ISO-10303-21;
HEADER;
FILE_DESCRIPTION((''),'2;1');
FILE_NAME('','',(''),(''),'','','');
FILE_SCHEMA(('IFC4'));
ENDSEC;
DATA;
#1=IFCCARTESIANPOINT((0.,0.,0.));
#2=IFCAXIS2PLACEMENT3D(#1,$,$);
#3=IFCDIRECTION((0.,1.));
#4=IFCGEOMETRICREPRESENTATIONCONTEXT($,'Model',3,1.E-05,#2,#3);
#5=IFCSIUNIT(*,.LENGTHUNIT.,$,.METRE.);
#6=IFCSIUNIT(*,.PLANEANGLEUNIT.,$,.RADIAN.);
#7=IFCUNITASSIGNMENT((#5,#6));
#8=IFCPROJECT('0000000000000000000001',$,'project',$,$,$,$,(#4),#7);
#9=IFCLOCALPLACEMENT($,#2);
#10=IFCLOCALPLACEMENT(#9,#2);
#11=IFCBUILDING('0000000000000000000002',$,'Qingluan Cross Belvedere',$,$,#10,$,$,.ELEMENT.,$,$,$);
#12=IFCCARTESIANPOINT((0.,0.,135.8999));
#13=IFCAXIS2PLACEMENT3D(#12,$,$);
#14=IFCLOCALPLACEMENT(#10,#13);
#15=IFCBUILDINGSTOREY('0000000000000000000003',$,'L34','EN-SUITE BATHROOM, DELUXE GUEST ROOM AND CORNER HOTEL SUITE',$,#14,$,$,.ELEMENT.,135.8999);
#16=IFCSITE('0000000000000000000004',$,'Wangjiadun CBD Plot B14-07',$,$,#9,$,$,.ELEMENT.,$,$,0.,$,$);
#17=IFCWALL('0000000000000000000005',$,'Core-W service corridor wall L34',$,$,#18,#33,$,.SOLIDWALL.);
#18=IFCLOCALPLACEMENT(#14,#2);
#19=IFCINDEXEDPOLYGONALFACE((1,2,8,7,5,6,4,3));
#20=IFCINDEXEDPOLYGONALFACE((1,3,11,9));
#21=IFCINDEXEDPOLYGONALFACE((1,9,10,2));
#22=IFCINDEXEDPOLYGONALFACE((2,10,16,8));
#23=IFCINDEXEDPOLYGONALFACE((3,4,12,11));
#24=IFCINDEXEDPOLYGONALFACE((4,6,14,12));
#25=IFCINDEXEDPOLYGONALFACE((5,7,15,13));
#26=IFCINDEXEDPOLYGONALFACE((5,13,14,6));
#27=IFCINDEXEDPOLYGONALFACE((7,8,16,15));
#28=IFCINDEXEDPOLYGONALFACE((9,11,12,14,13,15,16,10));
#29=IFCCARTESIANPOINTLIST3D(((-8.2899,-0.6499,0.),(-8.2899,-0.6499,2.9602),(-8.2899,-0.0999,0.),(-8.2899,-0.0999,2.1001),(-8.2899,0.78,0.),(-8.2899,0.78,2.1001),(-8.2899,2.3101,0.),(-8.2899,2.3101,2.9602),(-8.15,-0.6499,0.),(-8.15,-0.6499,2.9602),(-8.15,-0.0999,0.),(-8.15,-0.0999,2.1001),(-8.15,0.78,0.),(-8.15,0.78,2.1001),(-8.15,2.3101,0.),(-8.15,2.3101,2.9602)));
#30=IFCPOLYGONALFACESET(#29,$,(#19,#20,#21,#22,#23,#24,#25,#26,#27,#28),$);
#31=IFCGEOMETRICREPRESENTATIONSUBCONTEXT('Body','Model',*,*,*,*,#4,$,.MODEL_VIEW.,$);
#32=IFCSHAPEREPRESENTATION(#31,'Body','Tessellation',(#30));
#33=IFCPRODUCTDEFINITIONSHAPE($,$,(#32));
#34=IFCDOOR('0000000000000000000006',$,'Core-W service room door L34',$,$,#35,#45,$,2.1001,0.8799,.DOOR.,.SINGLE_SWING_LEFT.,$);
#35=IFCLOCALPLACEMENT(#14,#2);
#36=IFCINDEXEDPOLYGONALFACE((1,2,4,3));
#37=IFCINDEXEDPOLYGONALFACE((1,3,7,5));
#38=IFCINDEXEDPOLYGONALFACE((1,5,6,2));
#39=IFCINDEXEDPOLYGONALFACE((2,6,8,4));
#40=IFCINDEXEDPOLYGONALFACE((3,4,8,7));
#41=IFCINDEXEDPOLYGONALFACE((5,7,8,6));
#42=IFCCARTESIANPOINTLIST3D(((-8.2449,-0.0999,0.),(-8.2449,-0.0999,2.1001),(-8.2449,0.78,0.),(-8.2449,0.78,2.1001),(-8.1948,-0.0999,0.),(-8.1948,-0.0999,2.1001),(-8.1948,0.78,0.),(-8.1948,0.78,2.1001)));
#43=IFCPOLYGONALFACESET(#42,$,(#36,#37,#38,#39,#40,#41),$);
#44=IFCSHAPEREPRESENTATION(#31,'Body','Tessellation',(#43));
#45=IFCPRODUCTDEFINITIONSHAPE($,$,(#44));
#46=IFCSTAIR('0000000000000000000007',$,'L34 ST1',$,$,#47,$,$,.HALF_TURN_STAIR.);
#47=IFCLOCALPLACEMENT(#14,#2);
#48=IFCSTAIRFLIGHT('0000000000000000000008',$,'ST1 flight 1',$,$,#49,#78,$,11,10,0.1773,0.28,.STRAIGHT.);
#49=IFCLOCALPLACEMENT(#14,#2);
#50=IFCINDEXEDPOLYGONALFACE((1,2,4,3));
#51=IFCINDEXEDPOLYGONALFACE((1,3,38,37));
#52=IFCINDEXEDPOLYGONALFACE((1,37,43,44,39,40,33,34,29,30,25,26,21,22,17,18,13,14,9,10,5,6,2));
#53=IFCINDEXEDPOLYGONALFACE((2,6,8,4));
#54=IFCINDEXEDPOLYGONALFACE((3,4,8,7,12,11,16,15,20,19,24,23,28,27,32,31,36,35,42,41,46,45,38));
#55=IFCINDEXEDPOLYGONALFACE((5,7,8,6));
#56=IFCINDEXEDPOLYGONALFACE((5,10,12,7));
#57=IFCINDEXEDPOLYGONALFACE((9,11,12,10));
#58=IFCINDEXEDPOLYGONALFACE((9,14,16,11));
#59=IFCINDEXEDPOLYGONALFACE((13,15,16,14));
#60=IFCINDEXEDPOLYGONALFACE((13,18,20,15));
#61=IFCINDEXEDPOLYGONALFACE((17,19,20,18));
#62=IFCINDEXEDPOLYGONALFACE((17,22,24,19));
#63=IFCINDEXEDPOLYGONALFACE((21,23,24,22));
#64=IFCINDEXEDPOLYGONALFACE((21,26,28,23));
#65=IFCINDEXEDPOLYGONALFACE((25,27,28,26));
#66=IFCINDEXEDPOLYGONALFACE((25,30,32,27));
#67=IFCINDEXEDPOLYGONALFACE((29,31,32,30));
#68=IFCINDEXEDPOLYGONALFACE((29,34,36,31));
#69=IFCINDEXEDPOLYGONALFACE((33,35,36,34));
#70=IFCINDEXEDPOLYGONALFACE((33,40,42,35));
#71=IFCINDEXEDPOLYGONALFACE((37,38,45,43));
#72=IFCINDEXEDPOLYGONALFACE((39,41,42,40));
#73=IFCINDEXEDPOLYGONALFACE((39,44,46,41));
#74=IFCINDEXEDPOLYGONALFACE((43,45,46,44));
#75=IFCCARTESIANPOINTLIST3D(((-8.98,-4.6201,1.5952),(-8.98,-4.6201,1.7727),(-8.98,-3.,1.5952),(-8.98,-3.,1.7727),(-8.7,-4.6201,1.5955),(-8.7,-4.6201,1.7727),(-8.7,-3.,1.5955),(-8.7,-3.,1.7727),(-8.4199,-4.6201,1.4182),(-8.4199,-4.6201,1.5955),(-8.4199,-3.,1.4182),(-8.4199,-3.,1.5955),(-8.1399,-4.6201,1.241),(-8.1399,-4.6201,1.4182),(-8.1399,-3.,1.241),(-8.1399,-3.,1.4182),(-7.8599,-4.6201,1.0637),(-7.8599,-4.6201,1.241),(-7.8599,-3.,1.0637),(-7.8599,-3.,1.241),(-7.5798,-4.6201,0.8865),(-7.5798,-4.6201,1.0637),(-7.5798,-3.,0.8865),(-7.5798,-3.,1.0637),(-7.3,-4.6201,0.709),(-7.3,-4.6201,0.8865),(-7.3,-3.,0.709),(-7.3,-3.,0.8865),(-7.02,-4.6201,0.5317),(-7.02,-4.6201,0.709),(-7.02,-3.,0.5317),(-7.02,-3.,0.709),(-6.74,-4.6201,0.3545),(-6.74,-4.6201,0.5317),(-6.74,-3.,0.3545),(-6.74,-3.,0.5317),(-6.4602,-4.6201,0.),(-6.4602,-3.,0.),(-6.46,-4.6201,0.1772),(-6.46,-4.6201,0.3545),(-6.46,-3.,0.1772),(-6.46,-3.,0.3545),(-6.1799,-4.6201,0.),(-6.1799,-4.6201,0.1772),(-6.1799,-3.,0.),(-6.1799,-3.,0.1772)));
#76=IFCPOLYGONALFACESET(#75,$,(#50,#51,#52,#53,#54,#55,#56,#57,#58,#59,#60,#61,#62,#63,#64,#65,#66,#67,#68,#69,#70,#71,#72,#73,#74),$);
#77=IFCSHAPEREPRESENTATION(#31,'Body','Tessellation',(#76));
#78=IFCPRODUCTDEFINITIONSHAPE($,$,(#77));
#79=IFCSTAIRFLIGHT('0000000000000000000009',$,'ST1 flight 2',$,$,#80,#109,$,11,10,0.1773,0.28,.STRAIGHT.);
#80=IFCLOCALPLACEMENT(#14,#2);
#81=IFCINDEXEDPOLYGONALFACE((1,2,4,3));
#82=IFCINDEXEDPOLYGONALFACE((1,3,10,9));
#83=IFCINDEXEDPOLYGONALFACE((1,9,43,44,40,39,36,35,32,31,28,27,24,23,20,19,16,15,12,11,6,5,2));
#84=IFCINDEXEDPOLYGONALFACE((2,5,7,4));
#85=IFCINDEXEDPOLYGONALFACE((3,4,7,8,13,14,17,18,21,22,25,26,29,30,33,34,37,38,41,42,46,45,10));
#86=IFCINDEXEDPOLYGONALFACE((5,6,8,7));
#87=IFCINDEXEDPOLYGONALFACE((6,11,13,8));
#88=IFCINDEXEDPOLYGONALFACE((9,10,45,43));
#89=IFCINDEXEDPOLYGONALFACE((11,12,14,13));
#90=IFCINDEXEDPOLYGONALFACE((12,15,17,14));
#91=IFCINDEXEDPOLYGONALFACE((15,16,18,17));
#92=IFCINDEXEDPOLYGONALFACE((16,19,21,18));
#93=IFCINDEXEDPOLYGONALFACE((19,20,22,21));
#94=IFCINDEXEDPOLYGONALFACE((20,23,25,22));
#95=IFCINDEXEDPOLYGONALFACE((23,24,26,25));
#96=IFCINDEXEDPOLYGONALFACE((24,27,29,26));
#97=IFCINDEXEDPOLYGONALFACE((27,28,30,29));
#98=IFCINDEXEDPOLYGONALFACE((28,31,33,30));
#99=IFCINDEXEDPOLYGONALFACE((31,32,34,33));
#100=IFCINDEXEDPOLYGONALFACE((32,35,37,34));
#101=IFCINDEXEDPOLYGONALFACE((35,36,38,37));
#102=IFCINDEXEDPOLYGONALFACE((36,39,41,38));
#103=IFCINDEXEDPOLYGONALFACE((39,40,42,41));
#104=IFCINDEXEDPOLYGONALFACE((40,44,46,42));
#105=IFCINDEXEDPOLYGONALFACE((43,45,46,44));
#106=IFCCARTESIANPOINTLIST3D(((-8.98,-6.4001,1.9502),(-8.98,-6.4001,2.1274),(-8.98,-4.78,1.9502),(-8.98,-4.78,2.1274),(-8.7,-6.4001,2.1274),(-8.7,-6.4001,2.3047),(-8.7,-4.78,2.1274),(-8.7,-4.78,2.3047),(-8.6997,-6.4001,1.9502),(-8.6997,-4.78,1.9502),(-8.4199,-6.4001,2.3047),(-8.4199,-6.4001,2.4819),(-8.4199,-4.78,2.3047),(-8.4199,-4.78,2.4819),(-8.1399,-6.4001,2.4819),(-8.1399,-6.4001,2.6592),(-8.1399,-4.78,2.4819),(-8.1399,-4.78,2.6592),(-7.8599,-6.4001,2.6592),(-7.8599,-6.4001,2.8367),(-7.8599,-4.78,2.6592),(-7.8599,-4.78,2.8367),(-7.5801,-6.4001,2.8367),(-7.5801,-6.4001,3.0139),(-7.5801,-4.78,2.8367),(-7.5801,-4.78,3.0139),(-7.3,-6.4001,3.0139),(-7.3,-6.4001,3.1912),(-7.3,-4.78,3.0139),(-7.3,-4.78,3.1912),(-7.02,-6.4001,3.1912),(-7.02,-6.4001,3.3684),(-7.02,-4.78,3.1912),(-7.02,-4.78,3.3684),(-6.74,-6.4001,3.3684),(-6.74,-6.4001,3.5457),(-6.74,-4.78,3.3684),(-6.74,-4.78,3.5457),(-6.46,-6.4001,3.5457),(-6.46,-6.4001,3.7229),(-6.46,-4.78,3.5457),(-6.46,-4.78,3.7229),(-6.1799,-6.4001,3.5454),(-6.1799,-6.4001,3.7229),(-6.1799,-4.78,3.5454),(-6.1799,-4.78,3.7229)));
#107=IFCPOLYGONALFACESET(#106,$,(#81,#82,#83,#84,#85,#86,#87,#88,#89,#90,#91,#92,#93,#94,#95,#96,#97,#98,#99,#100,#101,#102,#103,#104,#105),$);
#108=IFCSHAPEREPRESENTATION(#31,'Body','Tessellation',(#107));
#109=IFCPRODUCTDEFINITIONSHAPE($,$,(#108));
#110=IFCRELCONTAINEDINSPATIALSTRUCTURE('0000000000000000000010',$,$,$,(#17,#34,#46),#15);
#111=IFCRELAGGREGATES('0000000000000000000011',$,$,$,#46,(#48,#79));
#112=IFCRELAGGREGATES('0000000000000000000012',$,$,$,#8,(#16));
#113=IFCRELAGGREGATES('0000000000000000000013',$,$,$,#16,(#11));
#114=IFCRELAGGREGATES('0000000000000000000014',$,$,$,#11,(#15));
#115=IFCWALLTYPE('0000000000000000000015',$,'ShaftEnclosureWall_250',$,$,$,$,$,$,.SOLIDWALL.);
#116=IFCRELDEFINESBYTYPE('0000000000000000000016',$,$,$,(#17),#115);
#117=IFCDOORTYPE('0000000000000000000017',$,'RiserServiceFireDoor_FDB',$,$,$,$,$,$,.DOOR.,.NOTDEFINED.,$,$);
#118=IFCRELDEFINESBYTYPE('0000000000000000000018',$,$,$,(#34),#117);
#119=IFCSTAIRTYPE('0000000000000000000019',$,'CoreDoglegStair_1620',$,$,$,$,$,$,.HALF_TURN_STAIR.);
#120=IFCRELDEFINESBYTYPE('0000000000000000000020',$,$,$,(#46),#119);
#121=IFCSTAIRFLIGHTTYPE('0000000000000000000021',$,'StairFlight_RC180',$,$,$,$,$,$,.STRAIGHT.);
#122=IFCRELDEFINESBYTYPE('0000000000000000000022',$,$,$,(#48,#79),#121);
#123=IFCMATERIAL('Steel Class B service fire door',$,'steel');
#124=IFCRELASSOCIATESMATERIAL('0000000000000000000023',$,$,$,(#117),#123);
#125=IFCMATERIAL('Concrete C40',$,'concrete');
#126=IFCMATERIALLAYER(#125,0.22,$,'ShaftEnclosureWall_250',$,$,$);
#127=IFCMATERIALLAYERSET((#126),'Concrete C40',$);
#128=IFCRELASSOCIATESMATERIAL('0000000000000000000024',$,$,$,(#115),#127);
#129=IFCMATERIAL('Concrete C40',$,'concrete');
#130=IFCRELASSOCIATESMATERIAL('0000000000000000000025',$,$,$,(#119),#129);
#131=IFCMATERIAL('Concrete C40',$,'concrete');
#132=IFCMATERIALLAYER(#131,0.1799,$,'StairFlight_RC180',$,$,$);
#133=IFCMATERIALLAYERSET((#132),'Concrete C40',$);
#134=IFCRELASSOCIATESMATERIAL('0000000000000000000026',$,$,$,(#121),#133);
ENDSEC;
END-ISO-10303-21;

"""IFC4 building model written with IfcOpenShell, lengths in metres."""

from ifc_helpers import new_model, si_unit, direction, frame, frame_2d, origin, place, context, subcontext, project, spatial, polyline, rectangle, outline, extrude, material, layer, layer_set, type_object, element, fill, aggregate, save


model = new_model("IFC4")

# Units and contexts
model_context = context("Model", 3, precision=1e-05, world=origin(), true_north=direction((0.0, 1.0)))
body_context = subcontext(model_context, "Body", "Model", "MODEL_VIEW")
ifc_project = project(units=[si_unit("LENGTHUNIT", "METRE"), si_unit("PLANEANGLEUNIT", "RADIAN")], contexts=[model_context])

# Site, building, storey
site_placement = place(None, origin())
site = spatial("IfcSite", under=ifc_project, at=site_placement, Name="Wangjiadun CBD Plot B14-07", CompositionType="ELEMENT", RefElevation=0.0)
building_placement = place(site_placement, origin())
building = spatial("IfcBuilding", under=site, at=building_placement, Name="Qingluan Cross Belvedere", CompositionType="ELEMENT")
storey_placement = place(building_placement, frame((0.0, 0.0, 135.8999)))
storey = spatial("IfcBuildingStorey", under=building, at=storey_placement, Name="L34", Description="EN-SUITE BATHROOM, DELUXE GUEST ROOM AND CORNER HOTEL SUITE", CompositionType="ELEMENT", Elevation=135.8999)

# Shared definitions
ifc_material_1 = material(Name="Steel Class B service fire door", Category="steel")
door_type_1 = type_object("IfcDoorType", Name="RiserServiceFireDoor_FDB", OperationType="NOTDEFINED", PredefinedType="DOOR", material=ifc_material_1)

# Shared definitions
ifc_material_2 = material(Name="Concrete C40", Category="concrete")
ifc_layer_1 = layer(ifc_material_2, 0.22, Name="ShaftEnclosureWall_250")
ifc_layer_set_1 = layer_set([ifc_layer_1], Name="Concrete C40")
wall_type_1 = type_object("IfcWallType", Name="ShaftEnclosureWall_250", PredefinedType="SOLIDWALL", material=ifc_layer_set_1)

# Wall, opening, door
wall_1_placement = place(storey_placement, frame((-8.22, -0.6499, 0.0), z_axis=(0.0, 0.0, 1.0), x_axis=(0.0, 1.0, 0.0)))
wall_1 = element("IfcWall", 1, at=wall_1_placement, inside=storey, type_object=wall_type_1, Name="Core-W service corridor wall L34", PredefinedType="SOLIDWALL", context=body_context, shape_type="SweptSolid", body=[
    extrude(rectangle(XDim=2.96, YDim=0.1399, at=frame_2d((1.48, 0.0))), origin(), (0.0, 0.0, 1.0), 2.9602),
])
opening_1_placement = place(wall_1_placement, frame((0.55, 0.0, 0.0)))
opening_1 = element("IfcOpeningElement", 2, at=opening_1_placement, cuts=wall_1, PredefinedType="OPENING", context=body_context, shape_type="SweptSolid", body=[
    extrude(rectangle(XDim=0.8799, YDim=2.1001, at=frame_2d((0.4399, 1.05))), frame((0.0, 0.0798, 0.0), z_axis=(0.0, -1.0, 0.0), x_axis=(1.0, 0.0, 0.0)), (0.0, 0.0, 1.0), 0.1599),
])
door_1_placement = place(opening_1_placement, origin())
door_1 = element("IfcDoor", 3, at=door_1_placement, inside=storey, type_object=door_type_1, Name="Core-W service room door L34", OperationType="SINGLE_SWING_LEFT", OverallHeight=2.1001, OverallWidth=0.8799, PredefinedType="DOOR", context=body_context, shape_type="SweptSolid", body=[
    extrude(rectangle(XDim=0.8799, YDim=2.1001, at=frame_2d((0.4399, 1.05))), frame((0.0, 0.0249, 0.0), z_axis=(0.0, -1.0, 0.0), x_axis=(1.0, 0.0, 0.0)), (0.0, 0.0, 1.0), 0.05),
])
fill(opening_1, door_1)

# Stair, stair flights
ifc_material_3 = material(Name="Concrete C40", Category="concrete")
stair_type = type_object("IfcStairType", Name="CoreDoglegStair_1620", PredefinedType="HALF_TURN_STAIR", material=ifc_material_3)
stair_placement = place(storey_placement, origin())
stair = element("IfcStair", 4, at=stair_placement, inside=storey, type_object=stair_type, Name="L34 ST1", PredefinedType="HALF_TURN_STAIR")
ifc_material_4 = material(Name="Concrete C40", Category="concrete")
ifc_layer_2 = layer(ifc_material_4, 0.1799, Name="StairFlight_RC180")
ifc_layer_set_2 = layer_set([ifc_layer_2], Name="Concrete C40")
stair_flight_type = type_object("IfcStairFlightType", Name="StairFlight_RC180", PredefinedType="STRAIGHT", material=ifc_layer_set_2)
stair_flight_1_placement = place(storey_placement, frame((-6.1799, -3.8101, 0.0), z_axis=(0.0, 0.0, 1.0), x_axis=(-1.0, 0.0, 0.0)))
stair_flight_1 = element("IfcStairFlight", 5, at=stair_flight_1_placement, type_object=stair_flight_type, Name="ST1 flight 1", NumberOfRisers=11, NumberOfTreads=10, PredefinedType="STRAIGHT", RiserHeight=0.1773, TreadLength=0.28, context=body_context, shape_type="SweptSolid", body=[
    extrude(outline(polyline([(0.0, 0.0), (0.0, 0.1772), (0.28, 0.1772), (0.28, 0.3545), (0.5601, 0.3545), (0.5601, 0.5317), (0.8401, 0.5317), (0.8401, 0.709), (1.1201, 0.709), (1.1201, 0.8865), (1.3999, 0.8865), (1.3999, 1.0637), (1.6799, 1.0637), (1.6799, 1.241), (1.96, 1.241), (1.96, 1.4182), (2.24, 1.4182), (2.24, 1.5955), (2.52, 1.5955), (2.52, 1.7727), (2.8, 1.7727), (2.8, 1.95), (2.8, 1.5952), (0.2803, 0.0), (0.0, 0.0)])), frame((0.0, 0.8101, 0.0), z_axis=(0.0, -1.0, 0.0), x_axis=(1.0, 0.0, 0.0)), (0.0, 0.0, 1.0), 1.6201),
])
stair_flight_2_placement = place(storey_placement, frame((-8.98, -5.5901, 1.9502), z_axis=(0.0, 0.0, 1.0), x_axis=(1.0, 0.0, 0.0)))
stair_flight_2 = element("IfcStairFlight", 6, at=stair_flight_2_placement, type_object=stair_flight_type, Name="ST1 flight 2", NumberOfRisers=11, NumberOfTreads=10, PredefinedType="STRAIGHT", RiserHeight=0.1773, TreadLength=0.28, context=body_context, shape_type="SweptSolid", body=[
    extrude(outline(polyline([(0.0, 0.0), (0.0, 0.1772), (0.28, 0.1772), (0.28, 0.3545), (0.5601, 0.3545), (0.5601, 0.5317), (0.8401, 0.5317), (0.8401, 0.709), (1.1201, 0.709), (1.1201, 0.8865), (1.3999, 0.8865), (1.3999, 1.0637), (1.6799, 1.0637), (1.6799, 1.241), (1.96, 1.241), (1.96, 1.4182), (2.24, 1.4182), (2.24, 1.5955), (2.52, 1.5955), (2.52, 1.7727), (2.8, 1.7727), (2.8, 1.95), (2.8, 1.5952), (0.2803, 0.0), (0.0, 0.0)])), frame((0.0, 0.8101, 0.0), z_axis=(0.0, -1.0, 0.0), x_axis=(1.0, 0.0, 0.0)), (0.0, 0.0, 1.0), 1.6201),
])
aggregate(stair, [stair_flight_1, stair_flight_2])

save(model, "model.ifc")
